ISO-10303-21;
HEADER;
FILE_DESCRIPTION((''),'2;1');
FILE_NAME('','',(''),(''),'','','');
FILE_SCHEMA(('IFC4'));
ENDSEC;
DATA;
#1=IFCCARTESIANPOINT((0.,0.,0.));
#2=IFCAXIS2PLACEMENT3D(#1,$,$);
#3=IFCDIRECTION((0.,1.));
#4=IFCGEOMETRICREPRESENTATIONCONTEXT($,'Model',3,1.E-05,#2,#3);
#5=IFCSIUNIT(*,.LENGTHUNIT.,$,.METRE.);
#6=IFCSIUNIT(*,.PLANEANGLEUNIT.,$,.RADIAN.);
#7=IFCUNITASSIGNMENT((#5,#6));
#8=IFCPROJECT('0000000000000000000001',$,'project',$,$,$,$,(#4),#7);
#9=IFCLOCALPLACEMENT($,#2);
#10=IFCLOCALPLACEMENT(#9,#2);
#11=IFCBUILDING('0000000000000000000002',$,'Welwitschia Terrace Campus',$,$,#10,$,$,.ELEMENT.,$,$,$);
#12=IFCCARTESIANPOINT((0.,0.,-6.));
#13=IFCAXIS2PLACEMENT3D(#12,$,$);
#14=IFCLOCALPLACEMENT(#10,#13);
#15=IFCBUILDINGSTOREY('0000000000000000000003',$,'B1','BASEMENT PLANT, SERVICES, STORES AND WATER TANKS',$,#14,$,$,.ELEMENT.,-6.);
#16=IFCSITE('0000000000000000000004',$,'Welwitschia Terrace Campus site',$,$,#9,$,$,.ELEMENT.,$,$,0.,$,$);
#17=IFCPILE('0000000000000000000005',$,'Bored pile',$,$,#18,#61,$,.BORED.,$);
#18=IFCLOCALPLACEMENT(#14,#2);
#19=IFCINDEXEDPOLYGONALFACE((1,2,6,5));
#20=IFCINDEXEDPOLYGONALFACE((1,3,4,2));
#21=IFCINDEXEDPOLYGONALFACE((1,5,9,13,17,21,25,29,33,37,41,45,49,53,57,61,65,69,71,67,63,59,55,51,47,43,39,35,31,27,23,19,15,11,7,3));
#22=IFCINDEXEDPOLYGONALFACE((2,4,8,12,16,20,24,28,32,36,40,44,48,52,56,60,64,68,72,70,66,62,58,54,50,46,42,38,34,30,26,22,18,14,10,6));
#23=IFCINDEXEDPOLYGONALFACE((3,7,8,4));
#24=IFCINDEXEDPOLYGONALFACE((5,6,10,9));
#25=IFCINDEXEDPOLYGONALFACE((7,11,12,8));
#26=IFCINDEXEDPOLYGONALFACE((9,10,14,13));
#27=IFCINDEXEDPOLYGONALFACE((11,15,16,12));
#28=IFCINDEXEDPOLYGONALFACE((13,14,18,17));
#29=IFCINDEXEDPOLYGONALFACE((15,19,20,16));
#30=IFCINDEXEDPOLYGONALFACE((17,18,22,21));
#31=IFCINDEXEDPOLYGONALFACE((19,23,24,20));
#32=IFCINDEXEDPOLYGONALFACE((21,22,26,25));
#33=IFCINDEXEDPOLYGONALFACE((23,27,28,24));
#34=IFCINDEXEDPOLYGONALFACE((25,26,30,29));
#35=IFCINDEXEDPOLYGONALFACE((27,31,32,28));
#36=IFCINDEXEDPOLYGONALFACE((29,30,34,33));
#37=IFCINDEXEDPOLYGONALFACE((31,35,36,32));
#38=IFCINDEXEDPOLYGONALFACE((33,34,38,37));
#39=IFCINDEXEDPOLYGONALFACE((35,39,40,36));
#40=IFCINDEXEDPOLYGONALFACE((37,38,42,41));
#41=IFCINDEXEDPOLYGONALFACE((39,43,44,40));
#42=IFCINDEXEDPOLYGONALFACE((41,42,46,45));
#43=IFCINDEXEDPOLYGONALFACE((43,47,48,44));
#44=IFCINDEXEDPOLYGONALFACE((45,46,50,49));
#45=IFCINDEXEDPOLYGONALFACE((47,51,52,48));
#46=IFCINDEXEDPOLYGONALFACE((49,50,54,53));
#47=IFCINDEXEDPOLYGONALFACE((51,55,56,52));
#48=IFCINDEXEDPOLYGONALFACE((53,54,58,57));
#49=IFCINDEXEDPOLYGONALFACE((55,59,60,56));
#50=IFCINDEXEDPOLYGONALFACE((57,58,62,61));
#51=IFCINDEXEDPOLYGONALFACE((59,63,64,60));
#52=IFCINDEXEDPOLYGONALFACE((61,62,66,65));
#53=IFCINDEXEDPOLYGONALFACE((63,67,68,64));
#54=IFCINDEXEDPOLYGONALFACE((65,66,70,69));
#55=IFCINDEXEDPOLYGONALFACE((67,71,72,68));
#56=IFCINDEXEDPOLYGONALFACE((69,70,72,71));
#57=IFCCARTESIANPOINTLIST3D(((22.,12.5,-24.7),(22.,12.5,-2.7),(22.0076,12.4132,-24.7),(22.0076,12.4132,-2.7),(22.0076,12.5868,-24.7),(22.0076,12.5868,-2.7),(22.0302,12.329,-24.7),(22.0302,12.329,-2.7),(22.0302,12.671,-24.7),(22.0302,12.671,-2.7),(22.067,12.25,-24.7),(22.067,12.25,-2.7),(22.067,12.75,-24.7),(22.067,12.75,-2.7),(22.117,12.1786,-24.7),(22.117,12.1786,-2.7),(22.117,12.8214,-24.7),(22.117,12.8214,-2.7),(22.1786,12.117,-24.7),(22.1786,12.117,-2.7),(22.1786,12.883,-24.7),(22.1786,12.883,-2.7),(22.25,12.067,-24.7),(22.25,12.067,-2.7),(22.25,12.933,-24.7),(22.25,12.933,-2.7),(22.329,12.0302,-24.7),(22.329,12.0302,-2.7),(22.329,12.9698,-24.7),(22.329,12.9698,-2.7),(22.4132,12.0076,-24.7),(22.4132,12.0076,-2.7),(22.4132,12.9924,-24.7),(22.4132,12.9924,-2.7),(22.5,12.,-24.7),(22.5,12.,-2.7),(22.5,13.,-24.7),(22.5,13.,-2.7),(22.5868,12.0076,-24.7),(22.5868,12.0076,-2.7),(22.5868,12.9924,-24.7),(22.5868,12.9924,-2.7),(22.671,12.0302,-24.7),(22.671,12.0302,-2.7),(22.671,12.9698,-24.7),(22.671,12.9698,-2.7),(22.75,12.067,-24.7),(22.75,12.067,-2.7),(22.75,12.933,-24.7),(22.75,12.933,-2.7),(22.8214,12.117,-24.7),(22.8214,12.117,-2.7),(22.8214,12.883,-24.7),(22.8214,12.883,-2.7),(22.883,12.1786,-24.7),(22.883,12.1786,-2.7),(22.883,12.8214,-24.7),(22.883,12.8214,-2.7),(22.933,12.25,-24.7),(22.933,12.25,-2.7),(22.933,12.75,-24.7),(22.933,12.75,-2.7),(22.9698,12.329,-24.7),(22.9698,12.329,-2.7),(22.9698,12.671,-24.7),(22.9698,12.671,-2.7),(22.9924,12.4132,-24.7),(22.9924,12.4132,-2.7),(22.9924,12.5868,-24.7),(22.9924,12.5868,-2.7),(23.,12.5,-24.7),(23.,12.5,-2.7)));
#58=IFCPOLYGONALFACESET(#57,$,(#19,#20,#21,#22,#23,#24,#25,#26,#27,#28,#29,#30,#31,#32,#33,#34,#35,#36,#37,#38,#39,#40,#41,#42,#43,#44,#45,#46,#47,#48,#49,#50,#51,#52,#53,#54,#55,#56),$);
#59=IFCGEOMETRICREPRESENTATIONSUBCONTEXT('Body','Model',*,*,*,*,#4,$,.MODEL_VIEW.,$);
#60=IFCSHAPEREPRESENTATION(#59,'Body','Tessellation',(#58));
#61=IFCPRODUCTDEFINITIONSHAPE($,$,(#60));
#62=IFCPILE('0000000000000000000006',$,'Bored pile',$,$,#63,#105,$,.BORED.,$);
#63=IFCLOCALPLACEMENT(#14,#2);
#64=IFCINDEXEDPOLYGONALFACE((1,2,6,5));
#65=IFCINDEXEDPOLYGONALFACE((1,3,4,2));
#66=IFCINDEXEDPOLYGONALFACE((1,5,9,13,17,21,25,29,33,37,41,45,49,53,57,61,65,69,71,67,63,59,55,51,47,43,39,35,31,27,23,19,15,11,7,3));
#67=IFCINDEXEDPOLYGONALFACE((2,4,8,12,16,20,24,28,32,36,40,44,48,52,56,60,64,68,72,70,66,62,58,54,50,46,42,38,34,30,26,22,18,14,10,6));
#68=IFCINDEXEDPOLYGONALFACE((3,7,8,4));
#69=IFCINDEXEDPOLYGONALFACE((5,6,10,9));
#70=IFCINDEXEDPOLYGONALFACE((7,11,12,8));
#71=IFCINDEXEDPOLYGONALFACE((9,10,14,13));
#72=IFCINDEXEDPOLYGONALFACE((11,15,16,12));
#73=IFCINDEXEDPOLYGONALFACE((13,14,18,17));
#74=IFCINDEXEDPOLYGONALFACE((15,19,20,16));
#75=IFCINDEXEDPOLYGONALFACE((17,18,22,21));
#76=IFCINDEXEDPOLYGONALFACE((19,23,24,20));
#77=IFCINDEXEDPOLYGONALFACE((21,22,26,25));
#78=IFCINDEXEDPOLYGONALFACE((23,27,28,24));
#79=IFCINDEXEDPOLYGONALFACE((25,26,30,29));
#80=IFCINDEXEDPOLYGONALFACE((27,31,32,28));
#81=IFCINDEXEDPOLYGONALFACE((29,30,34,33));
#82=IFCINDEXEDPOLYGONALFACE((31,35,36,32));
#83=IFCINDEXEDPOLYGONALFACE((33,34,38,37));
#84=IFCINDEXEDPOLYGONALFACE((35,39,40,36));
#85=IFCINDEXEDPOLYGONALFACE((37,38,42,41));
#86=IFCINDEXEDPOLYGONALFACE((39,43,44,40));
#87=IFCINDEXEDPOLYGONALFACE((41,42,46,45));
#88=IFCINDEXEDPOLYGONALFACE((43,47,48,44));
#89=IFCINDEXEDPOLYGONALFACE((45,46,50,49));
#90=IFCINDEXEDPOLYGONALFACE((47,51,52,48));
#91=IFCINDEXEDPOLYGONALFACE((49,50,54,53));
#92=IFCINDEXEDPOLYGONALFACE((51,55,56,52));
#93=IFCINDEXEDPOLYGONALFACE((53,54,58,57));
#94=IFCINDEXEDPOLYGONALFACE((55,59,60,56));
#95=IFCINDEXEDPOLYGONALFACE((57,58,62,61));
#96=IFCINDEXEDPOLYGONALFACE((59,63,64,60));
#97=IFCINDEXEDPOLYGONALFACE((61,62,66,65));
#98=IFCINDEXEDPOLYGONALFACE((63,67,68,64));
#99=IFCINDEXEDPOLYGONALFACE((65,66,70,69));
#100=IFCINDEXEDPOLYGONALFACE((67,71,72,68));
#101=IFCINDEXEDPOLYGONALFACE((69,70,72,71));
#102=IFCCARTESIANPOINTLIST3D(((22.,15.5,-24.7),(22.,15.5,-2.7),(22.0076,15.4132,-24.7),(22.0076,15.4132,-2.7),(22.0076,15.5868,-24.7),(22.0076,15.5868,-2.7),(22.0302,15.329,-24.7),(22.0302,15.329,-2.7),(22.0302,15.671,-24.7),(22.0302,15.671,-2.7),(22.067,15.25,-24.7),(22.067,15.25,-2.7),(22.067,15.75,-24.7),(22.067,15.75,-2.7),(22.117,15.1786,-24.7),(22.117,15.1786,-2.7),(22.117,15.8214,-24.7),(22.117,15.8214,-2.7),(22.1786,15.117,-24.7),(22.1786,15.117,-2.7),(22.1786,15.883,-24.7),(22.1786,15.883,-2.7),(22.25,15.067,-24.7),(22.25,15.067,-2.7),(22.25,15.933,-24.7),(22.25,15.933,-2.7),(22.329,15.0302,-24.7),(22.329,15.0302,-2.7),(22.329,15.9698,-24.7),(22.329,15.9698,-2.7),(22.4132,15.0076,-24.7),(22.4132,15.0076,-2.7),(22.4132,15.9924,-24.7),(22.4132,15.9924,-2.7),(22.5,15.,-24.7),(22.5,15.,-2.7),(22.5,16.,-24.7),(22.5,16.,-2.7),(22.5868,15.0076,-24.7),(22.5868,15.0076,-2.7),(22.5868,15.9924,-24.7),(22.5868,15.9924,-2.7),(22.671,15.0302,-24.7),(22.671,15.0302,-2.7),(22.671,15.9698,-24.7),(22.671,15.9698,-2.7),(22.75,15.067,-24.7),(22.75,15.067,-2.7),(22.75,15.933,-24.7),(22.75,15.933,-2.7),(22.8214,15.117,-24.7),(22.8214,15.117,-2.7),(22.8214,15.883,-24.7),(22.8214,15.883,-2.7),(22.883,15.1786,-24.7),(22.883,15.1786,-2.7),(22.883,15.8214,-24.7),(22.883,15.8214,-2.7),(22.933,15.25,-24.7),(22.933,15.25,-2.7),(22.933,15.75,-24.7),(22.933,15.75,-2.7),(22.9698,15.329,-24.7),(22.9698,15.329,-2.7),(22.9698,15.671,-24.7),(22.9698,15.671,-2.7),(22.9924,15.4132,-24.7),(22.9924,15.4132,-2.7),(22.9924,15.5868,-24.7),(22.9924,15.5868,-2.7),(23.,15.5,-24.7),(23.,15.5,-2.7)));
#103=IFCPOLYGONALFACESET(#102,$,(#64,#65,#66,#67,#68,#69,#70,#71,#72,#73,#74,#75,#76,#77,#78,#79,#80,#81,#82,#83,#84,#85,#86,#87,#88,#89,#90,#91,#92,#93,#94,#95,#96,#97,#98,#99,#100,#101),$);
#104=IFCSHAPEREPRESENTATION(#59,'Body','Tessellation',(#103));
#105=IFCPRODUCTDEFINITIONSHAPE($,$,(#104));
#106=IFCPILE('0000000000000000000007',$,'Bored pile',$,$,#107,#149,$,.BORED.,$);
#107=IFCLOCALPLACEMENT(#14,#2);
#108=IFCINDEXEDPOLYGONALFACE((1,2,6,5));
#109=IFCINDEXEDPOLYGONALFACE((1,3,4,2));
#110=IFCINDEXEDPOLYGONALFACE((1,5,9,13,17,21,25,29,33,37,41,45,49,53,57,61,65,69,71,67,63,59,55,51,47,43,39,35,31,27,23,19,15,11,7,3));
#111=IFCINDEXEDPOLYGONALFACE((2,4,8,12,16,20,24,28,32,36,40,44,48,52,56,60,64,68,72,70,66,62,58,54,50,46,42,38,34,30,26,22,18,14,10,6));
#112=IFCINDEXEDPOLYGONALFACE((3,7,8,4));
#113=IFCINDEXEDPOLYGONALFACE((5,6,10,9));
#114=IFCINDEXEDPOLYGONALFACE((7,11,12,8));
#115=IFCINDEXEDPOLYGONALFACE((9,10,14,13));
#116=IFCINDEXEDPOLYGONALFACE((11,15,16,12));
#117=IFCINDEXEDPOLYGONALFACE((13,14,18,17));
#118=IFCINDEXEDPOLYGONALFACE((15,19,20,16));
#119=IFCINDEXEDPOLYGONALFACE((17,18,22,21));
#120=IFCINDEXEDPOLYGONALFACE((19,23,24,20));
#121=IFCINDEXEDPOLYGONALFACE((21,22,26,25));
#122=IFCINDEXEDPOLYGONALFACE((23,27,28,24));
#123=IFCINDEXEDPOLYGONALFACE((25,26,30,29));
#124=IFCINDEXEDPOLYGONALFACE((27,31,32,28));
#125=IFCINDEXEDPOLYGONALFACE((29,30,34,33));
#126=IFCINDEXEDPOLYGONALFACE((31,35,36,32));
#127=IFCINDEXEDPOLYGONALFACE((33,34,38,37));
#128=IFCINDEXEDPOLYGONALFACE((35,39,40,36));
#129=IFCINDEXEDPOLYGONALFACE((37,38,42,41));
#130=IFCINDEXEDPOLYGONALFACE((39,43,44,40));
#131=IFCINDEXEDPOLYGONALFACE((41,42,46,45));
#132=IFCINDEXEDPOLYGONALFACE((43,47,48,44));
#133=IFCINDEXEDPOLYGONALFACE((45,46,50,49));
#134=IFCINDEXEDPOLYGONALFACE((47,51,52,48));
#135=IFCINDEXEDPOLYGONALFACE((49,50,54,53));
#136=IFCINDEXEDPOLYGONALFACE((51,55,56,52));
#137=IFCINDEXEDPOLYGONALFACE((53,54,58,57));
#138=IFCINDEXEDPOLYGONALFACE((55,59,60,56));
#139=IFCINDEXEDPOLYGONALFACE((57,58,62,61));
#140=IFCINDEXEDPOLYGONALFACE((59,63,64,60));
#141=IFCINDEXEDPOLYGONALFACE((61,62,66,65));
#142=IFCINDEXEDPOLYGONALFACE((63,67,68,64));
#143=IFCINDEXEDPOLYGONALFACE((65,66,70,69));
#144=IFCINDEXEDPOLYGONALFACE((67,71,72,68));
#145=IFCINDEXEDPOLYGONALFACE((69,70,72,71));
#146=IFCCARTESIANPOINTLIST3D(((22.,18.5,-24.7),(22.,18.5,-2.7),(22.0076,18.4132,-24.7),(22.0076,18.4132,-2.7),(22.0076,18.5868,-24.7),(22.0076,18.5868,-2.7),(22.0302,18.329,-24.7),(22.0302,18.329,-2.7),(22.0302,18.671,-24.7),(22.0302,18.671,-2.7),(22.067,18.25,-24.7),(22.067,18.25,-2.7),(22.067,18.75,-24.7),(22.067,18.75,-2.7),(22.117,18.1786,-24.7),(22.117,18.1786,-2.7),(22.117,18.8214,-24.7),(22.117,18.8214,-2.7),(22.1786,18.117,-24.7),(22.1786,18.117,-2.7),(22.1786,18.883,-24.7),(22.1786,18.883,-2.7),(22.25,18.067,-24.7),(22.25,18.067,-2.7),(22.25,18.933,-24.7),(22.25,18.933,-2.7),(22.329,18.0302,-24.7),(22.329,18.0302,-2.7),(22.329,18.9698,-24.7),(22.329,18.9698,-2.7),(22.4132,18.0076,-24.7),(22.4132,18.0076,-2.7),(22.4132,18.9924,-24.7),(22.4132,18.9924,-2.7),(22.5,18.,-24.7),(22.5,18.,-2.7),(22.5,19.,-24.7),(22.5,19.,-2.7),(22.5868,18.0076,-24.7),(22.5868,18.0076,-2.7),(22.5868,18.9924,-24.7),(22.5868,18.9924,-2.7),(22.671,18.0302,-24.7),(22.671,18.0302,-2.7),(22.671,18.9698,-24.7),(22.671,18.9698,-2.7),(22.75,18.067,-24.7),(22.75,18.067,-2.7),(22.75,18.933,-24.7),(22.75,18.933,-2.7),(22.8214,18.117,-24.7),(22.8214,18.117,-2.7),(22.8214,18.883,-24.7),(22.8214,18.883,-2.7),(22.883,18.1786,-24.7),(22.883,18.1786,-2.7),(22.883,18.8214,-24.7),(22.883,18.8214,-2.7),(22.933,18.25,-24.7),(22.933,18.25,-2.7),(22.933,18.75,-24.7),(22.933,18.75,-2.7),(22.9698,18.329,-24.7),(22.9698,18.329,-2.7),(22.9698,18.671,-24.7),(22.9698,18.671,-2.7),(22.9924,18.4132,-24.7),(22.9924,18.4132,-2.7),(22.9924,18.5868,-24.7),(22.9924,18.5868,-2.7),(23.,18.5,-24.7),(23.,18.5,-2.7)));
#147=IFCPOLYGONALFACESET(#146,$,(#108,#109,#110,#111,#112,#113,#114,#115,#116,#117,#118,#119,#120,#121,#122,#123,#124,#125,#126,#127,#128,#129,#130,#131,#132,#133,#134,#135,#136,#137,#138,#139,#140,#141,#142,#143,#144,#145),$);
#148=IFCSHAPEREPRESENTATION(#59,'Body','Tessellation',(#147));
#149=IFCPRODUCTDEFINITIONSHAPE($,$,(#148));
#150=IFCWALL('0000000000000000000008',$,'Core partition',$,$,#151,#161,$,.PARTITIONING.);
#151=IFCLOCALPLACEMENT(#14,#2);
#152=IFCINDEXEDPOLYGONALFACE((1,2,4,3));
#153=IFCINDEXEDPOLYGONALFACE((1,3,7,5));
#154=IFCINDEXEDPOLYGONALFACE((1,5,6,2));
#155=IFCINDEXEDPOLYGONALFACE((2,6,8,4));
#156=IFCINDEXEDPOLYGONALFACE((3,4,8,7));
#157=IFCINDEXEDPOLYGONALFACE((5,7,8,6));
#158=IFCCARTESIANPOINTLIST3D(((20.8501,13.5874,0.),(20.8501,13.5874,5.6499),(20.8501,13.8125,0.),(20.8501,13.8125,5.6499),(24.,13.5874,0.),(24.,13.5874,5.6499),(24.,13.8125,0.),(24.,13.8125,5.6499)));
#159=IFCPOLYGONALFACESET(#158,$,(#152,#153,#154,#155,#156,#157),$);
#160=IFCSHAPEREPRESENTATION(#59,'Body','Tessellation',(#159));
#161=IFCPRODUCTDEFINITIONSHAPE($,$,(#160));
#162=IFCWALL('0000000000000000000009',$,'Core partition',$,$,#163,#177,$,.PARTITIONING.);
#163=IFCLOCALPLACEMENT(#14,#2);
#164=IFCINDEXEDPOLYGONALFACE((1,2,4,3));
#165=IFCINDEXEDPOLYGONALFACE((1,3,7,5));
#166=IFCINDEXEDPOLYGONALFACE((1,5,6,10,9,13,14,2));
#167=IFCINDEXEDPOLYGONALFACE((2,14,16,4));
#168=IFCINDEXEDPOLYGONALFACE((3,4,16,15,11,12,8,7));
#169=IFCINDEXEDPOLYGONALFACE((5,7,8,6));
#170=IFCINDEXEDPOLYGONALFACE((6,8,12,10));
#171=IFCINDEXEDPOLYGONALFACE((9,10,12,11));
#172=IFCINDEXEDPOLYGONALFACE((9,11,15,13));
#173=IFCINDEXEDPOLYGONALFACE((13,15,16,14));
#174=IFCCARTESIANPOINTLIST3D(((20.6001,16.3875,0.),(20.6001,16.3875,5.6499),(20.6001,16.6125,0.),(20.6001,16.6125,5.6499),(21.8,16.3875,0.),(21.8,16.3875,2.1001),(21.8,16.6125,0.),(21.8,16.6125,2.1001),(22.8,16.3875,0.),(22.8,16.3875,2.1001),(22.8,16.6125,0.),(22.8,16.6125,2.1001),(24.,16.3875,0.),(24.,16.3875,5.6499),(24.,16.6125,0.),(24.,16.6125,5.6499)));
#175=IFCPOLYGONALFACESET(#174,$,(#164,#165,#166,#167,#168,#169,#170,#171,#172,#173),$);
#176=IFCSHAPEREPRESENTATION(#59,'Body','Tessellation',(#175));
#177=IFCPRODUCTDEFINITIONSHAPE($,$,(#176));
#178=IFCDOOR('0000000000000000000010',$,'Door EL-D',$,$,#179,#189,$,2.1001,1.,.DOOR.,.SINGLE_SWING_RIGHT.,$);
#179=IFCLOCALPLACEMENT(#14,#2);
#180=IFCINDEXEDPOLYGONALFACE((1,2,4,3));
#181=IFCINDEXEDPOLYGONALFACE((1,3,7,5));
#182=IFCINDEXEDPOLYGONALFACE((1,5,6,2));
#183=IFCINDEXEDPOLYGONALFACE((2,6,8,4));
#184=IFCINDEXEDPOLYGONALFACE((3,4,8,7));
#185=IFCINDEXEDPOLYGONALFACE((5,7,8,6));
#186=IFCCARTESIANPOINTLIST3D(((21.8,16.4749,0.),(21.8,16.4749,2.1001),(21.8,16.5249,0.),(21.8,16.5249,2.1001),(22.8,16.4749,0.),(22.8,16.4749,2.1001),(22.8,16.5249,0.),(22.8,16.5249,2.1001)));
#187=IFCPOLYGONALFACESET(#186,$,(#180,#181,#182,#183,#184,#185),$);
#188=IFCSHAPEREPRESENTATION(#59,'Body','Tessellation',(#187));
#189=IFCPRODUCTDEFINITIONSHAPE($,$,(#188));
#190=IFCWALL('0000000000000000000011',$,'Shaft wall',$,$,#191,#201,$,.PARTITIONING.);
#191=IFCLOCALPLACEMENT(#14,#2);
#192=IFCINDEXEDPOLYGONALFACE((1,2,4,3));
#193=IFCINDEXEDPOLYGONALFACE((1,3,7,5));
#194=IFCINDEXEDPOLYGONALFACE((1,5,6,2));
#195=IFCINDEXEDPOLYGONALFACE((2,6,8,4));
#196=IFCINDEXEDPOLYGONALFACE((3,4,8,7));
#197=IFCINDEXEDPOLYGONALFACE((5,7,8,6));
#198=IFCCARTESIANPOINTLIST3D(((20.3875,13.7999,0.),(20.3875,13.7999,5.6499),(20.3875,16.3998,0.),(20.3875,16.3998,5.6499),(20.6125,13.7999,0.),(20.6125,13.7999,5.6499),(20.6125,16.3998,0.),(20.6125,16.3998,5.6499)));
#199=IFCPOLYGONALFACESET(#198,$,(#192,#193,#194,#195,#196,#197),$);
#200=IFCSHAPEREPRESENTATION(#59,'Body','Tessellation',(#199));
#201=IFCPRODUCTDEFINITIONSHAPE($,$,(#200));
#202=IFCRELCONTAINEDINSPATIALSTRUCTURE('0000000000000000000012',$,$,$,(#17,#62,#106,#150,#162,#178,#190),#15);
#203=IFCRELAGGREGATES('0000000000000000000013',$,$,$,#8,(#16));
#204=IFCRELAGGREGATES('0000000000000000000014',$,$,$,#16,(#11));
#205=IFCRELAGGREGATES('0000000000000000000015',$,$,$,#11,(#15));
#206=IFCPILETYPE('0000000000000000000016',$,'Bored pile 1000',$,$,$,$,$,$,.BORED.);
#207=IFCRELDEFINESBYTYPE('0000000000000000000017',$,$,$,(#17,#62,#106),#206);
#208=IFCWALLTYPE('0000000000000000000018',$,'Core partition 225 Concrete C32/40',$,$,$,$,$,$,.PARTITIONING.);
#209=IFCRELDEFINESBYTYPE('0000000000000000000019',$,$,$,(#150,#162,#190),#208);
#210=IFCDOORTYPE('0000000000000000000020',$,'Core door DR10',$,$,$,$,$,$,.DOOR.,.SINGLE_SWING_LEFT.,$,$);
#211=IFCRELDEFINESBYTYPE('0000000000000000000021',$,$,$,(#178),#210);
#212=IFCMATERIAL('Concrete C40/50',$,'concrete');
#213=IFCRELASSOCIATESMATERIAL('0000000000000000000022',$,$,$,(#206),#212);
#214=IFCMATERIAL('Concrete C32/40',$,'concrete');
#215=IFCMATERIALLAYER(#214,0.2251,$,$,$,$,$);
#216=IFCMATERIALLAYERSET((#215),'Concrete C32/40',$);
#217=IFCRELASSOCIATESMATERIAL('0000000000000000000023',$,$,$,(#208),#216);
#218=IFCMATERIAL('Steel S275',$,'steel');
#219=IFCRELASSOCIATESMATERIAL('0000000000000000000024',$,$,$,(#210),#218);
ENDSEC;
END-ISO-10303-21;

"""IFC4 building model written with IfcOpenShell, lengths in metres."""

from ifc_helpers import new_model, si_unit, direction, frame, frame_2d, origin, origin_2d, place, context, subcontext, project, spatial, rectangle, circle, extrude, material, layer, layer_set, type_object, element, fill, save


model = new_model("IFC4")

# Units and contexts
model_context = context("Model", 3, precision=1e-05, world=origin(), true_north=direction((0.0, 1.0)))
body_context = subcontext(model_context, "Body", "Model", "MODEL_VIEW")
ifc_project = project(units=[si_unit("LENGTHUNIT", "METRE"), si_unit("PLANEANGLEUNIT", "RADIAN")], contexts=[model_context])

# Site, building, storey
site_placement = place(None, origin())
site = spatial("IfcSite", under=ifc_project, at=site_placement, Name="Welwitschia Terrace Campus site", CompositionType="ELEMENT", RefElevation=0.0)
building_placement = place(site_placement, origin())
building = spatial("IfcBuilding", under=site, at=building_placement, Name="Welwitschia Terrace Campus", CompositionType="ELEMENT")
storey_placement = place(building_placement, frame((0.0, 0.0, -6.0)))
storey = spatial("IfcBuildingStorey", under=building, at=storey_placement, Name="B1", Description="BASEMENT PLANT, SERVICES, STORES AND WATER TANKS", CompositionType="ELEMENT", Elevation=-6.0)

# Piles
ifc_material_1 = material(Name="Concrete C40/50", Category="concrete")
pile_type = type_object("IfcPileType", Name="Bored pile 1000", PredefinedType="BORED", material=ifc_material_1)
for number, where, z_axis, x_axis, name in (
    (1, (22.5, 12.5, -2.7), (0.0, 0.0, -1.0), (1.0, 0.0, 0.0), "Bored pile"),
    (2, (22.5, 15.5, -2.7), (0.0, 0.0, -1.0), (1.0, 0.0, 0.0), "Bored pile"),
    (3, (22.5, 18.5, -2.7), (0.0, 0.0, -1.0), (1.0, 0.0, 0.0), "Bored pile"),
):
    element("IfcPile", number, at=place(storey_placement, frame(where, z_axis=z_axis, x_axis=x_axis)), inside=storey, type_object=pile_type, Name=name, PredefinedType="BORED", context=body_context, shape_type="SweptSolid", body=[
        extrude(circle(Radius=0.5, at=origin_2d()), origin(), (0.0, 0.0, 1.0), 22.0),
    ])

# Wall
ifc_material_2 = material(Name="Concrete C32/40", Category="concrete")
ifc_layer_1 = layer(ifc_material_2, 0.2251)
ifc_layer_set_1 = layer_set([ifc_layer_1], Name="Concrete C32/40")
wall_type_1 = type_object("IfcWallType", Name="Core partition 225 Concrete C32/40", PredefinedType="PARTITIONING", material=ifc_layer_set_1)
wall_1_placement = place(storey_placement, frame((20.8501, 13.7, 0.0), z_axis=(0.0, 0.0, 1.0), x_axis=(1.0, 0.0, 0.0)))
element("IfcWall", 4, at=wall_1_placement, inside=storey, type_object=wall_type_1, Name="Core partition", PredefinedType="PARTITIONING", context=body_context, shape_type="SweptSolid", body=[
    extrude(rectangle(XDim=3.1499, YDim=0.2251, at=frame_2d((1.575, 0.0))), origin(), (0.0, 0.0, 1.0), 5.6499),
])

# Wall, opening, door
wall_2_placement = place(storey_placement, frame((20.6001, 16.5, 0.0), z_axis=(0.0, 0.0, 1.0), x_axis=(1.0, 0.0, 0.0)))
wall_2 = element("IfcWall", 5, at=wall_2_placement, inside=storey, type_object=wall_type_1, Name="Core partition", PredefinedType="PARTITIONING", context=body_context, shape_type="SweptSolid", body=[
    extrude(rectangle(XDim=3.3999, YDim=0.2251, at=frame_2d((1.7, 0.0))), origin(), (0.0, 0.0, 1.0), 5.6499),
])
opening_placement = place(wall_2_placement, frame((1.2, 0.0, 0.0)))
opening = element("IfcOpeningElement", 6, at=opening_placement, cuts=wall_2, PredefinedType="OPENING", context=body_context, shape_type="SweptSolid", body=[
    extrude(rectangle(XDim=1.0, YDim=2.1001, at=frame_2d((0.5, 1.05))), frame((0.0, 0.1226, 0.0), z_axis=(0.0, -1.0, 0.0), x_axis=(1.0, 0.0, 0.0)), (0.0, 0.0, 1.0), 0.2451),
])
ifc_material_3 = material(Name="Steel S275", Category="steel")
door_type = type_object("IfcDoorType", Name="Core door DR10", OperationType="SINGLE_SWING_LEFT", PredefinedType="DOOR", material=ifc_material_3)
door_placement = place(opening_placement, origin())
door = element("IfcDoor", 7, at=door_placement, inside=storey, type_object=door_type, Name="Door EL-D", OperationType="SINGLE_SWING_RIGHT", OverallHeight=2.1001, OverallWidth=1.0, PredefinedType="DOOR", context=body_context, shape_type="SweptSolid", body=[
    extrude(rectangle(XDim=1.0, YDim=2.1001, at=frame_2d((0.5, 1.05))), frame((0.0, 0.0249, 0.0), z_axis=(0.0, -1.0, 0.0), x_axis=(1.0, 0.0, 0.0)), (0.0, 0.0, 1.0), 0.05),
])
fill(opening, door)

# Wall
wall_3_placement = place(storey_placement, frame((20.5, 13.8, 0.0), z_axis=(0.0, 0.0, 1.0), x_axis=(0.0, 1.0, 0.0)))
element("IfcWall", 8, at=wall_3_placement, inside=storey, type_object=wall_type_1, Name="Shaft wall", PredefinedType="PARTITIONING", context=body_context, shape_type="SweptSolid", body=[
    extrude(rectangle(XDim=2.5999, YDim=0.2251, at=frame_2d((1.2998, 0.0))), origin(), (0.0, 0.0, 1.0), 5.6499),
])

save(model, "model.ifc")
